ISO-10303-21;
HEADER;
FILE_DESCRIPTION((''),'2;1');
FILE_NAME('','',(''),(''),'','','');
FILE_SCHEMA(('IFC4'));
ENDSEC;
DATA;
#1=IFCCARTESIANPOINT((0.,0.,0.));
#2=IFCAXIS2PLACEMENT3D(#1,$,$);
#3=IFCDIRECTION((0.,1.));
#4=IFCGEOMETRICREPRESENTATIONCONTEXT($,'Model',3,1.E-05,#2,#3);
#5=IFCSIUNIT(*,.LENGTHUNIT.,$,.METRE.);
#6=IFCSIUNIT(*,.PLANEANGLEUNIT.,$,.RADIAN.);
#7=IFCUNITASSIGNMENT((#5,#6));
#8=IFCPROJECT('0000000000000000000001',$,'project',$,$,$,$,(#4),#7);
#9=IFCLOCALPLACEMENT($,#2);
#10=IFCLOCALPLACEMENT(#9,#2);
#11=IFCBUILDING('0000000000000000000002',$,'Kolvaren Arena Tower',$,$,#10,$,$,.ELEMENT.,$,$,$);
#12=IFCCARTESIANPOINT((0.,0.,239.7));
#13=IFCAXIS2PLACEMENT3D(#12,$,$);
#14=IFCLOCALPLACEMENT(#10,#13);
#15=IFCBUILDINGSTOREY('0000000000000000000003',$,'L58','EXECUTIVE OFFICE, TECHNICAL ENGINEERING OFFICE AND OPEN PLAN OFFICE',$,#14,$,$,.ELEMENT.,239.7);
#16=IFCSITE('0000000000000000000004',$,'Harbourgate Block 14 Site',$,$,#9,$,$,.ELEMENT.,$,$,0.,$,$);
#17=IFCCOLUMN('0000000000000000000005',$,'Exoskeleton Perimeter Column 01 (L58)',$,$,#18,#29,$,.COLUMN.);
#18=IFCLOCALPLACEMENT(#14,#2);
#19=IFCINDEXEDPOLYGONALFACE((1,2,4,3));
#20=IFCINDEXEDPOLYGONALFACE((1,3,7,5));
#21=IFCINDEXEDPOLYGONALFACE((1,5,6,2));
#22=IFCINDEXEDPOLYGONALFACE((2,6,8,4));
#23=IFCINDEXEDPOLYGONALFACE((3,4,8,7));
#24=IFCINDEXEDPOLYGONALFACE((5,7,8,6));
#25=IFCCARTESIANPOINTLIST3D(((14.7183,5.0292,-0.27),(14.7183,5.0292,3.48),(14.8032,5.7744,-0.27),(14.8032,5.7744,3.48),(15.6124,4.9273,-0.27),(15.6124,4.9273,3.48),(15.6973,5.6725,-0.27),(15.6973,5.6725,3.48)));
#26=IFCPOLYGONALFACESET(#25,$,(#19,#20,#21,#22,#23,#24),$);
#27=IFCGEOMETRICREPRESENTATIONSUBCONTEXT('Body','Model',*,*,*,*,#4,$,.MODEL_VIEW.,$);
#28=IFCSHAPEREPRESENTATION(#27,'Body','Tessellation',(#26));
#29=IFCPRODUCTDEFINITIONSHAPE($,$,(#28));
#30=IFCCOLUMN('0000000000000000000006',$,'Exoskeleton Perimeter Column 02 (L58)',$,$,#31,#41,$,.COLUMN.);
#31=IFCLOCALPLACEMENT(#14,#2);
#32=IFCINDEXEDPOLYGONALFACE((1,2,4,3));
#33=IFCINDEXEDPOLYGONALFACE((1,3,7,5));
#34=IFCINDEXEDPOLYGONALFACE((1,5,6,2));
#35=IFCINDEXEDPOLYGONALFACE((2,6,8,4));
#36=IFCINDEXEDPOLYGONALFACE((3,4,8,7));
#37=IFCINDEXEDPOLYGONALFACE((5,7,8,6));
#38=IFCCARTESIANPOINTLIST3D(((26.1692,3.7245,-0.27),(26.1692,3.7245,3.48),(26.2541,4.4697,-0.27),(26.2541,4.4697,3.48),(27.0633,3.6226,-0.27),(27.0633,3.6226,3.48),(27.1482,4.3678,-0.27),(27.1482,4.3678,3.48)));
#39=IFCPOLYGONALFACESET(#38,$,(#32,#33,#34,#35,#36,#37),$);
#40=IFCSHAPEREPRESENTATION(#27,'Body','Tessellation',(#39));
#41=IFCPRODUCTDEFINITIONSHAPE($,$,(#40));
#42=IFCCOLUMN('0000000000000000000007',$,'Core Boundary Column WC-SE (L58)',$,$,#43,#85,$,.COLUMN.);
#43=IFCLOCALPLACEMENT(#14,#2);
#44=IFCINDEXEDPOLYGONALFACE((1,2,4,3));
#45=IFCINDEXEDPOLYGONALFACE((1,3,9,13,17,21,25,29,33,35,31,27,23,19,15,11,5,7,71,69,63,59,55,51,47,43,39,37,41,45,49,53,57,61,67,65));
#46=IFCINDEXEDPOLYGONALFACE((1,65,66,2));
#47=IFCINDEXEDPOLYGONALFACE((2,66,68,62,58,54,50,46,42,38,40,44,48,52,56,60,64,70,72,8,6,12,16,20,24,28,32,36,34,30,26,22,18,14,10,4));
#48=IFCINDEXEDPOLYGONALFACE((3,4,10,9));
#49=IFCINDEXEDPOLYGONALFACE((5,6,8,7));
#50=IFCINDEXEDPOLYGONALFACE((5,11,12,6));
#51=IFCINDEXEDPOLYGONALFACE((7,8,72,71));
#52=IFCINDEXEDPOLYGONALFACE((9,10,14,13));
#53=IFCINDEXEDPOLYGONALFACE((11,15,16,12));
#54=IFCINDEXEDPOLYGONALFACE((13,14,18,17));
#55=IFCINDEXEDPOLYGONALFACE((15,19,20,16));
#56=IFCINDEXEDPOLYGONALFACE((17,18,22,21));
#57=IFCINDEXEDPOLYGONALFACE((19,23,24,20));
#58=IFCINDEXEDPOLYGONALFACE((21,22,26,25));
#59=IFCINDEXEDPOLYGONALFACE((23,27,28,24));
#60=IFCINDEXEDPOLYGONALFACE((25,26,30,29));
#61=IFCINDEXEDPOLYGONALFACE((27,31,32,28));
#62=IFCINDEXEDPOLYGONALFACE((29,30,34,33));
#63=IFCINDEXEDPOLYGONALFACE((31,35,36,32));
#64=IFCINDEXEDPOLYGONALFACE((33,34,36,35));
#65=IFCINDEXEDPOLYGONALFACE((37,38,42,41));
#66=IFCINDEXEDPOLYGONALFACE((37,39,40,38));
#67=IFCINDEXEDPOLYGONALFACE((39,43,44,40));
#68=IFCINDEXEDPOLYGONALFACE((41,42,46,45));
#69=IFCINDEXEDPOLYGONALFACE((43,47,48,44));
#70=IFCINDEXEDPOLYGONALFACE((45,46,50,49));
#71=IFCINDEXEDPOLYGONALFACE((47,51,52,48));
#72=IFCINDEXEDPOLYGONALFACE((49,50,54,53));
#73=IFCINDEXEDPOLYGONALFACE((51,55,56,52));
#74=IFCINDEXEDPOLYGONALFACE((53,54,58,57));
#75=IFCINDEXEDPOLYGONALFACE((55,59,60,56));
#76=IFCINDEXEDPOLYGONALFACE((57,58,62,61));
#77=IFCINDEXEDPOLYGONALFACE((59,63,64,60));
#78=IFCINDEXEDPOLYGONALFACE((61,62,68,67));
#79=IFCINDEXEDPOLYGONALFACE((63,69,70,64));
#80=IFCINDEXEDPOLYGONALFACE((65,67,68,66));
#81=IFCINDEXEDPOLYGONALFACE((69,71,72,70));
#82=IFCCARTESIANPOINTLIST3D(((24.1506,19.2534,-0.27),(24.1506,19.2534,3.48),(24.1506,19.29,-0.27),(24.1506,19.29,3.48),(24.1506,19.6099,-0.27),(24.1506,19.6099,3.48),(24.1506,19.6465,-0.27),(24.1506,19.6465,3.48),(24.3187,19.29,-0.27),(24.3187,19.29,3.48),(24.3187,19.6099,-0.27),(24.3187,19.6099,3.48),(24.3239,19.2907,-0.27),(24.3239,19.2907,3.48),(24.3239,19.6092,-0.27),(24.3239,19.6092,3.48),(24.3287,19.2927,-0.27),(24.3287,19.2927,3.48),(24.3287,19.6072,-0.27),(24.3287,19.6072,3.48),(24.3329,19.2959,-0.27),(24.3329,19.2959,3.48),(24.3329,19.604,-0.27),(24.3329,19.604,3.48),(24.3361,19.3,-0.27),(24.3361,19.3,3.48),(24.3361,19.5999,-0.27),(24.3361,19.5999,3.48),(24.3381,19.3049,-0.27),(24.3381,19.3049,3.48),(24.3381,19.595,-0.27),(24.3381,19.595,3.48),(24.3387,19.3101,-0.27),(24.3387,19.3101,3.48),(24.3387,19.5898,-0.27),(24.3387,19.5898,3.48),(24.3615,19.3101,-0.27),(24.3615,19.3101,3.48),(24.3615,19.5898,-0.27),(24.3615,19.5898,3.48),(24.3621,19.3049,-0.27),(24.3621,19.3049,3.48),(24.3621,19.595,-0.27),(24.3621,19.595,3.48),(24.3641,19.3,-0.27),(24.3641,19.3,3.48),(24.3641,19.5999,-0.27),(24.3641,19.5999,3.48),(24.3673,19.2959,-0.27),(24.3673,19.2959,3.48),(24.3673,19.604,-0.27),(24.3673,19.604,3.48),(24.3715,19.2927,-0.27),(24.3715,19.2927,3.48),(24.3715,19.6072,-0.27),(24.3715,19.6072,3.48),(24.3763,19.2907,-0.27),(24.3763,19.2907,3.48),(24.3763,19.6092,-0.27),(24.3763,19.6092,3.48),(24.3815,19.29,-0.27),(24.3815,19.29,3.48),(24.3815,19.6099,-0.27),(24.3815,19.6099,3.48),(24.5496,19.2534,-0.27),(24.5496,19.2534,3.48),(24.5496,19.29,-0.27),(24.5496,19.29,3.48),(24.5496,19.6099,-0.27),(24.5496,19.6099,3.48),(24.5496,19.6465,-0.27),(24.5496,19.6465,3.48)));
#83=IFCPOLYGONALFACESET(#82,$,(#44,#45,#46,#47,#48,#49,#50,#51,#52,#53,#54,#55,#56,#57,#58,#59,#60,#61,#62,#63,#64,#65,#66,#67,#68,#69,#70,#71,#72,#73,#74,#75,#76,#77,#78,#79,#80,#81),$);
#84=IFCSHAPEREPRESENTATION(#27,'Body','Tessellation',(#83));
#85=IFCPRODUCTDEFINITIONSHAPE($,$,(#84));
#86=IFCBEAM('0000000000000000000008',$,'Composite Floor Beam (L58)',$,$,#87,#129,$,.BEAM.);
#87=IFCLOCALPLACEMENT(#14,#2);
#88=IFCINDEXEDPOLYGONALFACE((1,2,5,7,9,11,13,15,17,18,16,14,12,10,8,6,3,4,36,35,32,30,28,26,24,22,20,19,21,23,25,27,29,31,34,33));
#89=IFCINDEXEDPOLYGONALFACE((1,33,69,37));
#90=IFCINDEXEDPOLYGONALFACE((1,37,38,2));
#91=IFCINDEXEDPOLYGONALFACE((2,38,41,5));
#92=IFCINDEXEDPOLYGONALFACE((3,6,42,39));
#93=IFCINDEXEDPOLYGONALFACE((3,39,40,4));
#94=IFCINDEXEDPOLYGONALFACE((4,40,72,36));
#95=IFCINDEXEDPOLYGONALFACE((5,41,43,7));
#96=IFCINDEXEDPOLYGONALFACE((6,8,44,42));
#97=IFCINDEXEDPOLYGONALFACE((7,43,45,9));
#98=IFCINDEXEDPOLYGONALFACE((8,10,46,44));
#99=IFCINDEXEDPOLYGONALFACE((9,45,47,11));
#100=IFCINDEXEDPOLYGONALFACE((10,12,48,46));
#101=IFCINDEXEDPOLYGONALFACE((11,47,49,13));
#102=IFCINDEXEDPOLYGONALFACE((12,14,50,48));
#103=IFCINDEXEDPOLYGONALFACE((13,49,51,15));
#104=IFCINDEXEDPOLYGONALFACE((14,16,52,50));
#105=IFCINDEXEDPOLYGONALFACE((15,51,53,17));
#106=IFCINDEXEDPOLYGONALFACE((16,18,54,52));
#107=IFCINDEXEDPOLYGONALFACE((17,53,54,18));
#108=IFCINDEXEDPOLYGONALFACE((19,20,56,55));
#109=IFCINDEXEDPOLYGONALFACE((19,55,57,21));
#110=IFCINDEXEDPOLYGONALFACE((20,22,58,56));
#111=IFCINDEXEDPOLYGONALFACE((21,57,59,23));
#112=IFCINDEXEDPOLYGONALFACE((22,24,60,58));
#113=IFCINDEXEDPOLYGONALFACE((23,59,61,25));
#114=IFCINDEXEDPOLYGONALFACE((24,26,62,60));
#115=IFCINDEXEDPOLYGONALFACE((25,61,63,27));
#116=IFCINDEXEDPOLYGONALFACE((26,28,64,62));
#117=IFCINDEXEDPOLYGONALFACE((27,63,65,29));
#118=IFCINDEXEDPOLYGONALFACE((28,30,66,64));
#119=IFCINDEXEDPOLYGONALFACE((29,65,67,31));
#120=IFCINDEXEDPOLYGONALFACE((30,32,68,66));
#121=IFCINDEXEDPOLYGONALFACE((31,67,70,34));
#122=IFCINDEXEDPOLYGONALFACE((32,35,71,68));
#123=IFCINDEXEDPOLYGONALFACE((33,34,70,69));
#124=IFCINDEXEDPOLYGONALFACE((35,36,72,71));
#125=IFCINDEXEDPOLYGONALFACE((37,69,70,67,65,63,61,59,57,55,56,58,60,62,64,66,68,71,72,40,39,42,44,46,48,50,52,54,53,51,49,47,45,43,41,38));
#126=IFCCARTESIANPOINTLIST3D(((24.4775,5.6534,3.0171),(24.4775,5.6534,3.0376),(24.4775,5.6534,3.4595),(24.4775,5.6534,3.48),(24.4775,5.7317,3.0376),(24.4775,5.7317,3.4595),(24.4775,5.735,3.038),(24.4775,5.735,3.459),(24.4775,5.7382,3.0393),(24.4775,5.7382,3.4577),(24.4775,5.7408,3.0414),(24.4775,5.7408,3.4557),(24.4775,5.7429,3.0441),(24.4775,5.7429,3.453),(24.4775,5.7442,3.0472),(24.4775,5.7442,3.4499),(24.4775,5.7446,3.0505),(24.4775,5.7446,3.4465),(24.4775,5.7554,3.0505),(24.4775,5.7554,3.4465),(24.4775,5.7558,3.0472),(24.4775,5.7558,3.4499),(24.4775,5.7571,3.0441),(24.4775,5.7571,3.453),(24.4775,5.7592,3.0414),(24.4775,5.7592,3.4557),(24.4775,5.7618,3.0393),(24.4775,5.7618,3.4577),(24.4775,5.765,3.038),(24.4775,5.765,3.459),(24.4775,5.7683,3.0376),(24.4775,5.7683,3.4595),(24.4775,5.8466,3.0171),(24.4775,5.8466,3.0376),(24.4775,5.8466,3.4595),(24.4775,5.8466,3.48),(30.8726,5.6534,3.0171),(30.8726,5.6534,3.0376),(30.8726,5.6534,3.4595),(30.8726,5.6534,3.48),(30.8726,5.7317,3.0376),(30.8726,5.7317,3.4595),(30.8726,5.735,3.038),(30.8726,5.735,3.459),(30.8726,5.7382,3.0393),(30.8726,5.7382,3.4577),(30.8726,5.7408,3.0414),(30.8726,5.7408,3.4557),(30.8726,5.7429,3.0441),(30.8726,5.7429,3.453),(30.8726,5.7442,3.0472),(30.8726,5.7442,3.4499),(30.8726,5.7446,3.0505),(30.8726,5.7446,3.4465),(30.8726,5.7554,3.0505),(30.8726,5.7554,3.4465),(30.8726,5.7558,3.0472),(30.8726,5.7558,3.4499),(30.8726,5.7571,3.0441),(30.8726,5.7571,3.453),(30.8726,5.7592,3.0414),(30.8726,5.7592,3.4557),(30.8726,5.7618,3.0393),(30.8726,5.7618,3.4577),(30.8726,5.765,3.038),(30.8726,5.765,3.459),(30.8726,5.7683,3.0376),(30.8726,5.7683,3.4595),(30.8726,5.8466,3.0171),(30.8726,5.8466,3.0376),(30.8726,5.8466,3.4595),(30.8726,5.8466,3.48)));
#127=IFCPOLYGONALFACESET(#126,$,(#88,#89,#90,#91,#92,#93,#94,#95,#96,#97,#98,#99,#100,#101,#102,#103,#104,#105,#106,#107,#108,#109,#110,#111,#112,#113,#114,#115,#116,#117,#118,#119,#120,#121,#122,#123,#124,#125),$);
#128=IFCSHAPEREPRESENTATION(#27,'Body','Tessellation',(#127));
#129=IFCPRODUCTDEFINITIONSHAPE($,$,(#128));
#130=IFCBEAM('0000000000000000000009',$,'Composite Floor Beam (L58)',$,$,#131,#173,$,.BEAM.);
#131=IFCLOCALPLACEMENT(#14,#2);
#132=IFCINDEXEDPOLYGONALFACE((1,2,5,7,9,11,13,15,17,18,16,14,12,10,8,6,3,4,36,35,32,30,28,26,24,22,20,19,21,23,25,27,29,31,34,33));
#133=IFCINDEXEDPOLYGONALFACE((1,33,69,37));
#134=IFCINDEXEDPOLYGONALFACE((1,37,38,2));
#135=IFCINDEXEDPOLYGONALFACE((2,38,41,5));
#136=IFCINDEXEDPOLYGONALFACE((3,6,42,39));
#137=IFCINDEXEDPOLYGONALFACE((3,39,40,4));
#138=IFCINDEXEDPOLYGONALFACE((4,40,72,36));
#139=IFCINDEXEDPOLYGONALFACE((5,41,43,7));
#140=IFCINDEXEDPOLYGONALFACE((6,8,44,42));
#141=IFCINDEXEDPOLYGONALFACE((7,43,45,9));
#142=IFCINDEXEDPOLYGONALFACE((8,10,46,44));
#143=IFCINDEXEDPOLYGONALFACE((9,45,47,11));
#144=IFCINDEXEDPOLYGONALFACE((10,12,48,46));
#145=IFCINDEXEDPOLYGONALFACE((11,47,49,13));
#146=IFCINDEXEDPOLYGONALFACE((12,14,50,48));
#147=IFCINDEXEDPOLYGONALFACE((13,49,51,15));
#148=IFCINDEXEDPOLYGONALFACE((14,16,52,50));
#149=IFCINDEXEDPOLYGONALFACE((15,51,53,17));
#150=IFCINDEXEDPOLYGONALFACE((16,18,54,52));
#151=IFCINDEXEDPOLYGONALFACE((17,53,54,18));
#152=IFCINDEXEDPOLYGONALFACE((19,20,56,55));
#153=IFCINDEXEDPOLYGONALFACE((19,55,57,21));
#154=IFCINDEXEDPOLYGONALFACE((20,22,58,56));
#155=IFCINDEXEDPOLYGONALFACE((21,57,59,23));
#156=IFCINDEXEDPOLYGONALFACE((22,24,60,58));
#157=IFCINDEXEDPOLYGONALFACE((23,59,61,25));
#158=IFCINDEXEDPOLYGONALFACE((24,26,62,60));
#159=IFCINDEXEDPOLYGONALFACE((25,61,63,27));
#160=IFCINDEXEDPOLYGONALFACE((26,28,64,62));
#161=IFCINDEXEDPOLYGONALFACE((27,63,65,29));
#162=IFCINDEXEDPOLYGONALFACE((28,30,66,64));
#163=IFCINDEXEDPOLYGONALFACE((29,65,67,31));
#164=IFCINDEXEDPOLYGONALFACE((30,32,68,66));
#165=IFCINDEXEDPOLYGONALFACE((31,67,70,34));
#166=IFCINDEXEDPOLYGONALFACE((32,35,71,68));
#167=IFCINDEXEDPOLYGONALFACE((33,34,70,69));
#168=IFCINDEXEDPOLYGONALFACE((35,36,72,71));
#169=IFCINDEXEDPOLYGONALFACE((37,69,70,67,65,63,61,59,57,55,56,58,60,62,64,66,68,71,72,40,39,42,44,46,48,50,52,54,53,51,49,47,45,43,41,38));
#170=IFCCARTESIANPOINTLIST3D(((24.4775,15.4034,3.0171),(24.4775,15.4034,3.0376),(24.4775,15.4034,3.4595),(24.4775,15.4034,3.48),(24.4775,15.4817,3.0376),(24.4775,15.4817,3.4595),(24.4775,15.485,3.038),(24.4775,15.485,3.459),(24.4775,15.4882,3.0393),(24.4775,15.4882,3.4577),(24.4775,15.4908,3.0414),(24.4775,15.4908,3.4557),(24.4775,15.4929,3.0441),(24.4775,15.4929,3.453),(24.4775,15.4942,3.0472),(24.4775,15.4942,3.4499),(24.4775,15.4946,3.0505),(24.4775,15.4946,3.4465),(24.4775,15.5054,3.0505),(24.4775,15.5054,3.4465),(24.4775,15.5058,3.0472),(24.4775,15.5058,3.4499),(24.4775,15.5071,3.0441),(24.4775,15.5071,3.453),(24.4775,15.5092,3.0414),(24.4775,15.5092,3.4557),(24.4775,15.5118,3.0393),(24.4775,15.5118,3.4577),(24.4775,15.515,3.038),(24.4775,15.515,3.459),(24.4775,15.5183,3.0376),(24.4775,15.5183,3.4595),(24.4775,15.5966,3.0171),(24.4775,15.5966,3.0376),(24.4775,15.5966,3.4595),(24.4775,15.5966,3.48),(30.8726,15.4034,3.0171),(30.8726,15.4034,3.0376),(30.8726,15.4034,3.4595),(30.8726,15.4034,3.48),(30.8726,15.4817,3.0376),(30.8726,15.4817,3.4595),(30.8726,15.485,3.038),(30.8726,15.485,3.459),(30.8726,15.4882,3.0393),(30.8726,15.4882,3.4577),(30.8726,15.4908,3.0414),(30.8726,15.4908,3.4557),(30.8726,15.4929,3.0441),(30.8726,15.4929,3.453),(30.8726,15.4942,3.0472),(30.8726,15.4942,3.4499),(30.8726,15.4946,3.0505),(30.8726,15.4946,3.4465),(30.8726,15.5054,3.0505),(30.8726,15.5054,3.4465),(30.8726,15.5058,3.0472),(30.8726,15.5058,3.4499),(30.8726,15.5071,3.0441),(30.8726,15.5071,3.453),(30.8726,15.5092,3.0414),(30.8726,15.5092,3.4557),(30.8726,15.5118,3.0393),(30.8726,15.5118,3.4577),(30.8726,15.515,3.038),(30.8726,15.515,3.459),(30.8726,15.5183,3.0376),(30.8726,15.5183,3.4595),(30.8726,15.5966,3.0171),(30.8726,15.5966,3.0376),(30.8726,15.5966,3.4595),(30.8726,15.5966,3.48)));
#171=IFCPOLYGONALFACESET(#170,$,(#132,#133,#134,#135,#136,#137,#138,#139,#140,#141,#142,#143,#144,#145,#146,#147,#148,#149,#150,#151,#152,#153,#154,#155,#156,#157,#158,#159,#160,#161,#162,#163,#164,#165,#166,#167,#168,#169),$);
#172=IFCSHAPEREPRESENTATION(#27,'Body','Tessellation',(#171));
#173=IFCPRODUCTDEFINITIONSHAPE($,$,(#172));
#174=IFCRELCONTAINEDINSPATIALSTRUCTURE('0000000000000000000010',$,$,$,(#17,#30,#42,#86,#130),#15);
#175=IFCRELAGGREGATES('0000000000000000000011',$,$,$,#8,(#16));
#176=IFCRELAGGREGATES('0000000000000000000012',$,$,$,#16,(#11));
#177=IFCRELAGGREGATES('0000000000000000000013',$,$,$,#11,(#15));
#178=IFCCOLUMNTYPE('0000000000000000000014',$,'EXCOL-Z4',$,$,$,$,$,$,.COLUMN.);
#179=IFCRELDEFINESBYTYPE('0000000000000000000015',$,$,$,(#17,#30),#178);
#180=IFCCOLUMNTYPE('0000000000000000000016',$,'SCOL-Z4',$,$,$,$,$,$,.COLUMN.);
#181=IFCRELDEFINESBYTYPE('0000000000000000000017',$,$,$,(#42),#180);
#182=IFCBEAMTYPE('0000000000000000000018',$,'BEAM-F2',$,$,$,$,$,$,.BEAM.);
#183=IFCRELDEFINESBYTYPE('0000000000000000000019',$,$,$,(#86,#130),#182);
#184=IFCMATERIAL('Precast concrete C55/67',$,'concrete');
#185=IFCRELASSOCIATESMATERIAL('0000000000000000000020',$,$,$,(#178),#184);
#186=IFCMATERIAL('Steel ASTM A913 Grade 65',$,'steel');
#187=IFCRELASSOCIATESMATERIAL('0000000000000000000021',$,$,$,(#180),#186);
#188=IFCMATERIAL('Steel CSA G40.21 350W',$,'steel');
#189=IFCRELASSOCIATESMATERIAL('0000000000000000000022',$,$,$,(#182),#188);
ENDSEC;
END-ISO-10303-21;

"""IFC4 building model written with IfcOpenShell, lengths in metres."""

from ifc_helpers import new_model, si_unit, direction, frame, origin, origin_2d, place, context, subcontext, project, spatial, rectangle, i_section, extrude, material, material_profile, profile_set, type_object, element, save


model = new_model("IFC4")

# Units and contexts
model_context = context("Model", 3, precision=1e-05, world=origin(), true_north=direction((0.0, 1.0)))
body_context = subcontext(model_context, "Body", "Model", "MODEL_VIEW")
ifc_project = project(units=[si_unit("LENGTHUNIT", "METRE"), si_unit("PLANEANGLEUNIT", "RADIAN")], contexts=[model_context])

# Site, building, storey
site_placement = place(None, origin())
site = spatial("IfcSite", under=ifc_project, at=site_placement, Name="Harbourgate Block 14 Site", CompositionType="ELEMENT", RefElevation=0.0)
building_placement = place(site_placement, origin())
building = spatial("IfcBuilding", under=site, at=building_placement, Name="Kolvaren Arena Tower", CompositionType="ELEMENT")
storey_placement = place(building_placement, frame((0.0, 0.0, 239.7)))
storey = spatial("IfcBuildingStorey", under=building, at=storey_placement, Name="L58", Description="EXECUTIVE OFFICE, TECHNICAL ENGINEERING OFFICE AND OPEN PLAN OFFICE", CompositionType="ELEMENT", Elevation=239.7)

# Columns
ifc_material_1 = material(Name="Precast concrete C55/67", Category="concrete")
ifc_material_profile_1 = material_profile(ifc_material_1, rectangle(XDim=0.8999, YDim=0.75, at=origin_2d()), Name="RC-900x750")
ifc_profile_set_1 = profile_set([ifc_material_profile_1], Name="Precast concrete C55/67")
column_type_1 = type_object("IfcColumnType", Name="EXCOL-Z4", PredefinedType="COLUMN", material=ifc_profile_set_1)
for number, where, z_axis, x_axis, name in (
    (1, (15.2078, 5.3508, -0.27), (0.0, 0.0, 1.0), (0.993572, -0.113203, 0.0), "Exoskeleton Perimeter Column 01 (L58)"),
    (2, (26.6587, 4.0461, -0.27), (0.0, 0.0, 1.0), (0.993572, -0.113203, 0.0), "Exoskeleton Perimeter Column 02 (L58)"),
):
    element("IfcColumn", number, at=place(storey_placement, frame(where, z_axis=z_axis, x_axis=x_axis)), inside=storey, type_object=column_type_1, Name=name, PredefinedType="COLUMN", context=body_context, shape_type="SweptSolid", body=[
        extrude(rectangle(XDim=0.8999, YDim=0.75, at=origin_2d()), origin(), (0.0, 0.0, 1.0), 3.75),
    ])
ifc_material_2 = material(Name="Steel ASTM A913 Grade 65", Category="steel")
ifc_material_profile_2 = material_profile(ifc_material_2, i_section(OverallWidth=0.3989, OverallDepth=0.3931, WebThickness=0.0227, FlangeThickness=0.0366, FilletRadius=0.02, at=origin_2d()), Name="W360x287")
ifc_profile_set_2 = profile_set([ifc_material_profile_2], Name="Steel ASTM A913 Grade 65")
column_type_2 = type_object("IfcColumnType", Name="SCOL-Z4", PredefinedType="COLUMN", material=ifc_profile_set_2)
column_placement = place(storey_placement, frame((24.3501, 19.45, -0.27), z_axis=(0.0, 0.0, 1.0), x_axis=(1.0, 0.0, 0.0)))
element("IfcColumn", 3, at=column_placement, inside=storey, type_object=column_type_2, Name="Core Boundary Column WC-SE (L58)", PredefinedType="COLUMN", context=body_context, shape_type="SweptSolid", body=[
    extrude(i_section(OverallWidth=0.3989, OverallDepth=0.3931, WebThickness=0.0227, FlangeThickness=0.0366, FilletRadius=0.02, at=origin_2d()), origin(), (0.0, 0.0, 1.0), 3.75),
])

# Beams
ifc_material_3 = material(Name="Steel CSA G40.21 350W", Category="steel")
ifc_material_profile_3 = material_profile(ifc_material_3, i_section(OverallWidth=0.1931, OverallDepth=0.4629, WebThickness=0.0107, FlangeThickness=0.0205, FilletRadius=0.0129, at=origin_2d()), Name="W460x113")
ifc_profile_set_3 = profile_set([ifc_material_profile_3], Name="Steel CSA G40.21 350W")
beam_type_1 = type_object("IfcBeamType", Name="BEAM-F2", PredefinedType="BEAM", material=ifc_profile_set_3)
for number, where, z_axis, x_axis, name in (
    (4, (24.4775, 5.75, 3.2485), (1.0, 0.0, 0.0), (0.0, 1.0, 0.0), "Composite Floor Beam (L58)"),
    (5, (24.4775, 15.5, 3.2485), (1.0, 0.0, 0.0), (0.0, 1.0, 0.0), "Composite Floor Beam (L58)"),
):
    element("IfcBeam", number, at=place(storey_placement, frame(where, z_axis=z_axis, x_axis=x_axis)), inside=storey, type_object=beam_type_1, Name=name, PredefinedType="BEAM", context=body_context, shape_type="SweptSolid", body=[
        extrude(i_section(OverallWidth=0.1931, OverallDepth=0.4629, WebThickness=0.0107, FlangeThickness=0.0205, FilletRadius=0.0129, at=origin_2d()), origin(), (0.0, 0.0, 1.0), 6.395),
    ])

save(model, "model.ifc")
